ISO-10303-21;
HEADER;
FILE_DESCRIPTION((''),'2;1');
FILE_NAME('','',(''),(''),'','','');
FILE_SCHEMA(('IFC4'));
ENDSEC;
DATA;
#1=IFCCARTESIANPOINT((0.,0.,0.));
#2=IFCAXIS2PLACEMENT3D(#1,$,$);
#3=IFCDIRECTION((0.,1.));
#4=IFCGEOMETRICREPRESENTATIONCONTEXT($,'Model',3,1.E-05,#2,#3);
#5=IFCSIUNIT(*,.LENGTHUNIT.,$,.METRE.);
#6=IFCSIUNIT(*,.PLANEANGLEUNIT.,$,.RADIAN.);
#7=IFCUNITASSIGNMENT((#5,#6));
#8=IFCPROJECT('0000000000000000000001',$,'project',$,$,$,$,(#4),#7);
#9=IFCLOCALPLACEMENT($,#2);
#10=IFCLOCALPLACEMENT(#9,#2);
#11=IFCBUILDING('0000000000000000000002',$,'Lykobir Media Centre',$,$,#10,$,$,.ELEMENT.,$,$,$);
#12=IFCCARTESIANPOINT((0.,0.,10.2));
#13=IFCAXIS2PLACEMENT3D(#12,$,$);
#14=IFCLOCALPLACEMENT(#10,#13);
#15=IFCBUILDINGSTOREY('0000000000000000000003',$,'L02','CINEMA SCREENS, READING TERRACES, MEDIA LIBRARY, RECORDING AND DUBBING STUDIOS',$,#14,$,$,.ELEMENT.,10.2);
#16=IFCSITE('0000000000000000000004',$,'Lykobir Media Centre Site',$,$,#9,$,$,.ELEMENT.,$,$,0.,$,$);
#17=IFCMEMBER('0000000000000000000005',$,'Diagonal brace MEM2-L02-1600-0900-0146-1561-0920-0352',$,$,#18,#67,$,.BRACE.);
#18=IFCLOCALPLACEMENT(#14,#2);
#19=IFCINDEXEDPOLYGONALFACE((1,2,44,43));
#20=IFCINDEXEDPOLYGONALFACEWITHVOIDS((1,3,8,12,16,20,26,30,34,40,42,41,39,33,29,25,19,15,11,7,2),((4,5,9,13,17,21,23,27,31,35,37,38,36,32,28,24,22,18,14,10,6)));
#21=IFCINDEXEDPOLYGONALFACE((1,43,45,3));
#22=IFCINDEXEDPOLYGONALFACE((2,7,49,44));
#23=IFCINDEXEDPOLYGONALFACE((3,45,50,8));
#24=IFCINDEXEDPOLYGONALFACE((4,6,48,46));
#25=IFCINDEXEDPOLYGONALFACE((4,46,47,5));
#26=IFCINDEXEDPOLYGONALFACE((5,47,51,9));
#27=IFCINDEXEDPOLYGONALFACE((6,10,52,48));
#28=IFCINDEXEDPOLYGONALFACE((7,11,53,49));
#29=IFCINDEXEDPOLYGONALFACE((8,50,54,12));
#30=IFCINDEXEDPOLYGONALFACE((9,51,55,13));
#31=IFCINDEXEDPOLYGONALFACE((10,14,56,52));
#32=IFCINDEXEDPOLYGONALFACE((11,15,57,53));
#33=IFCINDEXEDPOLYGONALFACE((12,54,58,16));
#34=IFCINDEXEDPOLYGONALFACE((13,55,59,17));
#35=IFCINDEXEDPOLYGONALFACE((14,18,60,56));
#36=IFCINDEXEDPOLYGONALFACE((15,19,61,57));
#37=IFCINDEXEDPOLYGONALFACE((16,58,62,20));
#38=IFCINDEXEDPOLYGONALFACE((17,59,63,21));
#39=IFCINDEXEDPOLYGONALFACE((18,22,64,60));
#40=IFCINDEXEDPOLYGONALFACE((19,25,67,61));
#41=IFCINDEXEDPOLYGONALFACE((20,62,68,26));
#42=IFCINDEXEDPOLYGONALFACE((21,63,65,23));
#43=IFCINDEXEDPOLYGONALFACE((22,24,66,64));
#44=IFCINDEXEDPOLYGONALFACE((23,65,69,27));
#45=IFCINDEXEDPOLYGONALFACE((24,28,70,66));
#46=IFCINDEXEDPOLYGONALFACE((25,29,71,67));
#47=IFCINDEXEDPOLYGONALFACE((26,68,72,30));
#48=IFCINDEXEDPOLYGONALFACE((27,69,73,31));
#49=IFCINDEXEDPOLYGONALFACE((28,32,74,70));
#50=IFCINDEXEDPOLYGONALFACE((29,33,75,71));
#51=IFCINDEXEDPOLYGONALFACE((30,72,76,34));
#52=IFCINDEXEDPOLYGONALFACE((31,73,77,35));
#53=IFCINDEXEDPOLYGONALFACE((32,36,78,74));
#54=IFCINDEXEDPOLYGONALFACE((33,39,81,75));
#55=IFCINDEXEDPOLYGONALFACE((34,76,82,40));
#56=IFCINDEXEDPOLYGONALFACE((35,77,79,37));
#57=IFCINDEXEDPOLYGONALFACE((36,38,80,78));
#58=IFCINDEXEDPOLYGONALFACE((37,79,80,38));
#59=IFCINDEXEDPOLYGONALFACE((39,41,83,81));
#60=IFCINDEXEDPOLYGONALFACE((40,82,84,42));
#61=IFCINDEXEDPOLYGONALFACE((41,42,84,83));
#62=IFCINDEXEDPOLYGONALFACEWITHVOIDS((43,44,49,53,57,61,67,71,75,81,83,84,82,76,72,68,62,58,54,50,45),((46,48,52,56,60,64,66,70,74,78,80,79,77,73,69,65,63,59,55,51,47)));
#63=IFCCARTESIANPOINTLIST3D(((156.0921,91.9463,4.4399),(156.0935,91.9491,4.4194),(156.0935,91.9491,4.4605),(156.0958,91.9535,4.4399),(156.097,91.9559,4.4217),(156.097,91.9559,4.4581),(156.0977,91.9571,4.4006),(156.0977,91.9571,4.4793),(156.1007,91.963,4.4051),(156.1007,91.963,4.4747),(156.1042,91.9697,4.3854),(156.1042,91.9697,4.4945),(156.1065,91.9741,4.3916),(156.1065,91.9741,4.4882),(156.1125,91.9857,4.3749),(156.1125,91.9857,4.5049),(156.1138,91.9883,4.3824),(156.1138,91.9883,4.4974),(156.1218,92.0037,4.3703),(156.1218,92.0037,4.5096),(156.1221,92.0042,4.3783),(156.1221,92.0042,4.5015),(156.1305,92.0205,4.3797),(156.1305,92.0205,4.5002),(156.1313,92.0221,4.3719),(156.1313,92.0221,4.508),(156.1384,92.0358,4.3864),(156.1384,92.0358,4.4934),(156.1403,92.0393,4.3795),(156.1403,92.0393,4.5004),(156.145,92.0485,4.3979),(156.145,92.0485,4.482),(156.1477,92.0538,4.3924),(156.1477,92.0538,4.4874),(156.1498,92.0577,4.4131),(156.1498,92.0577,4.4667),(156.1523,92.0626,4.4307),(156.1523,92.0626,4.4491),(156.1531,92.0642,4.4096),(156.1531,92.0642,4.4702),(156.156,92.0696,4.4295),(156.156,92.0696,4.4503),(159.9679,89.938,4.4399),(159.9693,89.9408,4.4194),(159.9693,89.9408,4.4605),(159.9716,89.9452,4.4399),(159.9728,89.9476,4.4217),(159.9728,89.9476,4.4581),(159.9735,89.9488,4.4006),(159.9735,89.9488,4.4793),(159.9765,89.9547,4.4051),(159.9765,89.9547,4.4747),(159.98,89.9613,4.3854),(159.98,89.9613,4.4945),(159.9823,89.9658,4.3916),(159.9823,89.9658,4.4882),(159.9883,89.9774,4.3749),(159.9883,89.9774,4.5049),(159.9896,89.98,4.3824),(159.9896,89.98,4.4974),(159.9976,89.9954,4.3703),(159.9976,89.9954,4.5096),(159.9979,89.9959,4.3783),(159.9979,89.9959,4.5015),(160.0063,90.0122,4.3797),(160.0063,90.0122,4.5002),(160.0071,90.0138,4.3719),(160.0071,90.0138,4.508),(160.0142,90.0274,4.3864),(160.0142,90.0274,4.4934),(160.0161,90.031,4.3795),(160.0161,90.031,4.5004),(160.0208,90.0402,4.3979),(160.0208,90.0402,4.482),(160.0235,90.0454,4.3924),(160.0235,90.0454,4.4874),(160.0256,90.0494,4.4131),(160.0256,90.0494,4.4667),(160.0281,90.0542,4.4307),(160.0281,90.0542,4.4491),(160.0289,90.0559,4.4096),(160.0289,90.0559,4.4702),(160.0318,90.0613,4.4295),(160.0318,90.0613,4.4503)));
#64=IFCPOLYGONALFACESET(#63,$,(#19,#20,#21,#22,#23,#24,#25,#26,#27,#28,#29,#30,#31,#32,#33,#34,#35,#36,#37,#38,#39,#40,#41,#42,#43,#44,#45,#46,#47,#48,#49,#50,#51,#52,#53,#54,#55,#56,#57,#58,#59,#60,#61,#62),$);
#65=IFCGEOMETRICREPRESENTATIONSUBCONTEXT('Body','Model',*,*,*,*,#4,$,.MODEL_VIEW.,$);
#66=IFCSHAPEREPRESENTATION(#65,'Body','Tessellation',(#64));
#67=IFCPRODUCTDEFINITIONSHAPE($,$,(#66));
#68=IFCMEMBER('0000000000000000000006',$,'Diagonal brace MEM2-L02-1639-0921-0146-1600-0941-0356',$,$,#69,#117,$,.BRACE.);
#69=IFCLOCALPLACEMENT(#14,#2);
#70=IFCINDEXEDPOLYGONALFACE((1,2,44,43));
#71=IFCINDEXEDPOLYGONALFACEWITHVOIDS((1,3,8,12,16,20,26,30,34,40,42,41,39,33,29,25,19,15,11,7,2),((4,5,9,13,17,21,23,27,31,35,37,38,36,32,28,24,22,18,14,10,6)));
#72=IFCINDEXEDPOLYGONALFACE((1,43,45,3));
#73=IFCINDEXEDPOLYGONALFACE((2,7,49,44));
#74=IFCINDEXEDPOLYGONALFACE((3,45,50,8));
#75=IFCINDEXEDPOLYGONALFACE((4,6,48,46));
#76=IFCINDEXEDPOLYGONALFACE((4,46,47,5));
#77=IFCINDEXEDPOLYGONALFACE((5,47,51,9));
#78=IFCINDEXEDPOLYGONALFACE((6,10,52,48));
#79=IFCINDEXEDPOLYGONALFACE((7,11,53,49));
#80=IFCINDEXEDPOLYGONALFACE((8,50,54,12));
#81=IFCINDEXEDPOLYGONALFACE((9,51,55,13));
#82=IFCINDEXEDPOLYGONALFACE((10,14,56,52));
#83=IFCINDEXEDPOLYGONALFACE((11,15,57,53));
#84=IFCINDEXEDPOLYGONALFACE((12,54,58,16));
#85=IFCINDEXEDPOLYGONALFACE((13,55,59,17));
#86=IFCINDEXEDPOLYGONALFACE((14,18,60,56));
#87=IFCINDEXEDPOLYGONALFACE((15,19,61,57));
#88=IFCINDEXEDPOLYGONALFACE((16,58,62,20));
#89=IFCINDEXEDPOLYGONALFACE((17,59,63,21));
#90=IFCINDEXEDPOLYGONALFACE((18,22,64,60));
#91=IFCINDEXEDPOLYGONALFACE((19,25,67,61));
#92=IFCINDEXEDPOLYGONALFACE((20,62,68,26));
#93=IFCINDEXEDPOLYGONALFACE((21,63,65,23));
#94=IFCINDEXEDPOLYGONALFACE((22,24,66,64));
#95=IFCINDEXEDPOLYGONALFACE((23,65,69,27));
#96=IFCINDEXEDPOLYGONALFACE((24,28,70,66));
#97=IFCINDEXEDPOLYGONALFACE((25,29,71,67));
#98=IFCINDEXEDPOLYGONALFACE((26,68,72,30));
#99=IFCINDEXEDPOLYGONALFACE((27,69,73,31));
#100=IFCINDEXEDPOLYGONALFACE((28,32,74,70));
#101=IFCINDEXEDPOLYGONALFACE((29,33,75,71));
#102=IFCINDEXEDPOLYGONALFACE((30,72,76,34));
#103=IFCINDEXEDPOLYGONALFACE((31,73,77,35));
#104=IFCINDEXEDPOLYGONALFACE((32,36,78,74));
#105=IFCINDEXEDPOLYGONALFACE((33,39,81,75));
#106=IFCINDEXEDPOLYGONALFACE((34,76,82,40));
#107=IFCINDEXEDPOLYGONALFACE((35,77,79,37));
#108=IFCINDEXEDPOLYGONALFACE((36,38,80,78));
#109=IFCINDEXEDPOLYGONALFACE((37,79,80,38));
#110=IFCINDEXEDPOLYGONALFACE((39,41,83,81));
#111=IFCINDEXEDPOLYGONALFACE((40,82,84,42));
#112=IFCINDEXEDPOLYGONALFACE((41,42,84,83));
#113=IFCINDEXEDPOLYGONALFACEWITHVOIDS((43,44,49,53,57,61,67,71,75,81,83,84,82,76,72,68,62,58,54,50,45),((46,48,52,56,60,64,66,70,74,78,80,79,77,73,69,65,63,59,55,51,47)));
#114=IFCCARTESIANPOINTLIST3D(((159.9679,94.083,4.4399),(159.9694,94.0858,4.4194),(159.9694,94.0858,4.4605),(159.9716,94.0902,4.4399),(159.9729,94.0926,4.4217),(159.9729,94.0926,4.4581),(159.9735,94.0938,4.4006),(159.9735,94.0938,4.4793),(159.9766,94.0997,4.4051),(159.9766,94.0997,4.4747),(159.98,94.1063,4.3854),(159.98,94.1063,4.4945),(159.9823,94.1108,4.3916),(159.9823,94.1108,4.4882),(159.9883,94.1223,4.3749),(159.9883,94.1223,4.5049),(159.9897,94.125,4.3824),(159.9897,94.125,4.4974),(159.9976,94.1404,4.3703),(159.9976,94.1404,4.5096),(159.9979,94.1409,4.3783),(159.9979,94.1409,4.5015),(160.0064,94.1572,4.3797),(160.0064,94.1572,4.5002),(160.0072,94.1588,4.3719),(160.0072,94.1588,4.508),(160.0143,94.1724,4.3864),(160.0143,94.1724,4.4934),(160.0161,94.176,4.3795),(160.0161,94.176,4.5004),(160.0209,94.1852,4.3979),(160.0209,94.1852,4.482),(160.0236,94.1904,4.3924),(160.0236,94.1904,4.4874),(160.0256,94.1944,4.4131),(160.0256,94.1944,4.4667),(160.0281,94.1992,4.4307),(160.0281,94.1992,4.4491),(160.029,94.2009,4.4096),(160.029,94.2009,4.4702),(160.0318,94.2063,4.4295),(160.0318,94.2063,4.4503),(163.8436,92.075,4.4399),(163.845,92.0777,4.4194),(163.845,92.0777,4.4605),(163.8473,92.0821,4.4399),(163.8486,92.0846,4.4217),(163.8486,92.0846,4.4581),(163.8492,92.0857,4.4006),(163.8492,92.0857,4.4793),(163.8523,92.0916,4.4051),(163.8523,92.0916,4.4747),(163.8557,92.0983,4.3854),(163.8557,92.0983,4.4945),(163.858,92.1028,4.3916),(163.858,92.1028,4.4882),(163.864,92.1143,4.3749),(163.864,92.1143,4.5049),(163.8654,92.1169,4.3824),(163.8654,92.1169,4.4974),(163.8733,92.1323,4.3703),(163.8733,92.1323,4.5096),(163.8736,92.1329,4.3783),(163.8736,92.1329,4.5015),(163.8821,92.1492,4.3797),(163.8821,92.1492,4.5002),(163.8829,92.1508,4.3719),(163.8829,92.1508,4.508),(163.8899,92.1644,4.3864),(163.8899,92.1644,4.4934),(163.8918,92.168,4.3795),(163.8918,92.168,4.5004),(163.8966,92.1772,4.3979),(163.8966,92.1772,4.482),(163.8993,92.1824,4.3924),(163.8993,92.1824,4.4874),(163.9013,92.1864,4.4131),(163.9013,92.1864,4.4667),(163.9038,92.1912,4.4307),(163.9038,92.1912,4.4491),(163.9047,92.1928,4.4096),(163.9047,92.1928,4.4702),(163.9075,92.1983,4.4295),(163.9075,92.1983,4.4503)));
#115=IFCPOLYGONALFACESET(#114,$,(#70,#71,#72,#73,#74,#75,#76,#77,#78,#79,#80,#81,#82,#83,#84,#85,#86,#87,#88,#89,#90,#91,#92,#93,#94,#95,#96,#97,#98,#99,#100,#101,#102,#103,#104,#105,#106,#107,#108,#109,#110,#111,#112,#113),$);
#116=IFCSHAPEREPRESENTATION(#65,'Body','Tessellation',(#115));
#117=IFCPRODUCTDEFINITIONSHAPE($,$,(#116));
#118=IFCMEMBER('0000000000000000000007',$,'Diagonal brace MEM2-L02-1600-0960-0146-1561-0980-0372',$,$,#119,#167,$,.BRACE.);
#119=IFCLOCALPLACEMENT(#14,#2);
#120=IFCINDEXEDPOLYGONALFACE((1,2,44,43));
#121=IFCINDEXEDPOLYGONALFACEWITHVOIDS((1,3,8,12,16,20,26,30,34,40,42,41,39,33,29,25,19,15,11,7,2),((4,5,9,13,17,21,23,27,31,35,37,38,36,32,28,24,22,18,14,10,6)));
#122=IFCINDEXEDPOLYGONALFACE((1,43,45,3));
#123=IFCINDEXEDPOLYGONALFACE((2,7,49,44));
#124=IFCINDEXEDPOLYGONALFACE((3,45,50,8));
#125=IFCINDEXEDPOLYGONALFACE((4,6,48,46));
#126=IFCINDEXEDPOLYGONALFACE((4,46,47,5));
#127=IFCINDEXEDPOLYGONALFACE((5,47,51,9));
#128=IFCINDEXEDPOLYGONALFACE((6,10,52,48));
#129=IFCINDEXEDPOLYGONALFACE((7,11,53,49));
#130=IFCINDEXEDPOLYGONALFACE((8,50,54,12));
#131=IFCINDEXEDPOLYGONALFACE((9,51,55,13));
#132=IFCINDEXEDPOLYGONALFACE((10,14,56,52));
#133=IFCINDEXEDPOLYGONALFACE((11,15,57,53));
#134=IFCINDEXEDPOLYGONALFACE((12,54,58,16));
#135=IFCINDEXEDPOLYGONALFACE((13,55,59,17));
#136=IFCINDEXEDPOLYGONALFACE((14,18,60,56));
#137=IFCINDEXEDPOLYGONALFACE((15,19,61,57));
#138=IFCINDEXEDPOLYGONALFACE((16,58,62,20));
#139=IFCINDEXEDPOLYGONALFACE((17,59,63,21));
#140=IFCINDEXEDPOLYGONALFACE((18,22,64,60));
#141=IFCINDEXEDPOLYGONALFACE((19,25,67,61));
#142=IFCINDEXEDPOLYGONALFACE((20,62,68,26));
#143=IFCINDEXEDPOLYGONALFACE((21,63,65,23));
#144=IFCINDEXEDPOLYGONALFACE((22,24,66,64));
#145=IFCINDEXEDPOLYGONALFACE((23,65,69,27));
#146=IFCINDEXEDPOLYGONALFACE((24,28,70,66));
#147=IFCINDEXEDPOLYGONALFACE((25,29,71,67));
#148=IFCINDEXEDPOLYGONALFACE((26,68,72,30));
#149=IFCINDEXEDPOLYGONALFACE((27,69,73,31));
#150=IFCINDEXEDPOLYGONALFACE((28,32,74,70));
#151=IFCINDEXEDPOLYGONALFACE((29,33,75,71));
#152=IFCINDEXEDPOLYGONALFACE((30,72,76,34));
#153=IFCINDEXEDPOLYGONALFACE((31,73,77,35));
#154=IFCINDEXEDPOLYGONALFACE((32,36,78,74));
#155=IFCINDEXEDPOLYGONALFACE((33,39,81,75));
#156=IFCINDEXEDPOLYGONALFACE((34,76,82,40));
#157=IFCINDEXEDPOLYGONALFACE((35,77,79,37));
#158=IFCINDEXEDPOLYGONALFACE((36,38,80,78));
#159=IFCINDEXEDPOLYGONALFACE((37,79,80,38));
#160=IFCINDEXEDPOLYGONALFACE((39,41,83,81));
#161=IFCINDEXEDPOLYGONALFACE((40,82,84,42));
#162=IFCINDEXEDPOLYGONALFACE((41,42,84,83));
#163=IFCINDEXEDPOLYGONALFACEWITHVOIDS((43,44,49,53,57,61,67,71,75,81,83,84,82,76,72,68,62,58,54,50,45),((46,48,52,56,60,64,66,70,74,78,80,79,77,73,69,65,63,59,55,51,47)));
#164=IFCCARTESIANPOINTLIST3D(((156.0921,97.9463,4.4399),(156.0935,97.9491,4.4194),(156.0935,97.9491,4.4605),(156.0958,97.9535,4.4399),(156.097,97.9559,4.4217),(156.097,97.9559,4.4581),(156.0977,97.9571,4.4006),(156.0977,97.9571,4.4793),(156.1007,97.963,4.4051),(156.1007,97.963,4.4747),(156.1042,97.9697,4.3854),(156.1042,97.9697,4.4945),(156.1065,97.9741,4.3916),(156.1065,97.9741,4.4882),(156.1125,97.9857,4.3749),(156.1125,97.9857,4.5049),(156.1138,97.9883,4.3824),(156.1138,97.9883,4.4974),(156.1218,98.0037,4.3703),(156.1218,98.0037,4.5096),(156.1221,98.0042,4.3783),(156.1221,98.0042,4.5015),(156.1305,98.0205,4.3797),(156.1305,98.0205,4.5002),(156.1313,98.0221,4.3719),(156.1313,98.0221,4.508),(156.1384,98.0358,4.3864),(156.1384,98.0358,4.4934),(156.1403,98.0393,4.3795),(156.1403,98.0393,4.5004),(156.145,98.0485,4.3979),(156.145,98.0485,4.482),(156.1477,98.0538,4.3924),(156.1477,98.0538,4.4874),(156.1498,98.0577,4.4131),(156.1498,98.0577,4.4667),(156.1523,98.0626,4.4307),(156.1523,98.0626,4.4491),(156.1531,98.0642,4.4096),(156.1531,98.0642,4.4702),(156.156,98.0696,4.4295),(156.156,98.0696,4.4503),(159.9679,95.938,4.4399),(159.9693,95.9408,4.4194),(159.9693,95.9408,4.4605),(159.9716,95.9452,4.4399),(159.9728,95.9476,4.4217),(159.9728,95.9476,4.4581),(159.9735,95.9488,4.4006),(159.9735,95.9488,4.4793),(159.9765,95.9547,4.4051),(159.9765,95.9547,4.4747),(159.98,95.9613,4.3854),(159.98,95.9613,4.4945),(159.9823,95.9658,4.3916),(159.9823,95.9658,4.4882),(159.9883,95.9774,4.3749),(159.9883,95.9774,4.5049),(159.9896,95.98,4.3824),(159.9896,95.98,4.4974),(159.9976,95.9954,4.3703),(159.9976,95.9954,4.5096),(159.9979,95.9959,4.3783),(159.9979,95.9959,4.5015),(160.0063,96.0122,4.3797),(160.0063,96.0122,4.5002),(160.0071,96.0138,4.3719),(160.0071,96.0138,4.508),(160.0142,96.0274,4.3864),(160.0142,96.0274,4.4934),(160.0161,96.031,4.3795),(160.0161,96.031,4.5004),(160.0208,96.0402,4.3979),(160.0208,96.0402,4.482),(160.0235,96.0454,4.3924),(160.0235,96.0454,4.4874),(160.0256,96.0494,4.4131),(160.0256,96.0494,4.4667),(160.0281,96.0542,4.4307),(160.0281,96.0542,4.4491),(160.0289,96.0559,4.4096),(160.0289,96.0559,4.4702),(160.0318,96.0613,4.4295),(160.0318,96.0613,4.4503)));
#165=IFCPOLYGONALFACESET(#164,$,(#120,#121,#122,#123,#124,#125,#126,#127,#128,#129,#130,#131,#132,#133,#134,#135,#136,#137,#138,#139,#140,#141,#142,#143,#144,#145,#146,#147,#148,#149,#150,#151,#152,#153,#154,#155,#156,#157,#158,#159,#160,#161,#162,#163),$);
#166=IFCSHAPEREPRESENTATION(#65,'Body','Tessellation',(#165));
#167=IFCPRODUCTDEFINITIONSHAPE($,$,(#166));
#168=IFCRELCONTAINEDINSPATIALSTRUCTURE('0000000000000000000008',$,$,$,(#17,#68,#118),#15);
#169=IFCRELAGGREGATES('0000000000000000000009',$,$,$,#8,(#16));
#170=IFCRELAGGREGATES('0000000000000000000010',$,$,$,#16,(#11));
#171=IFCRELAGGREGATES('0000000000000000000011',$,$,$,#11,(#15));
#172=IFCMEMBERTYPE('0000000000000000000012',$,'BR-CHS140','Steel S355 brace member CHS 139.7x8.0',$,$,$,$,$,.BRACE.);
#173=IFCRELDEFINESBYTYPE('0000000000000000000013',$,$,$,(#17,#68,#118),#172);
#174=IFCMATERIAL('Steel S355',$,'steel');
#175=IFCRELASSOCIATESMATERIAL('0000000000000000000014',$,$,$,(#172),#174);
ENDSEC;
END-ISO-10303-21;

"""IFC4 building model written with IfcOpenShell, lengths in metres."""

from ifc_helpers import new_model, si_unit, direction, frame, origin, origin_2d, place, context, subcontext, project, spatial, hollow_circle, extrude, material, material_profile, profile_set, type_object, element, save


model = new_model("IFC4")

# Units and contexts
model_context = context("Model", 3, precision=1e-05, world=origin(), true_north=direction((0.0, 1.0)))
body_context = subcontext(model_context, "Body", "Model", "MODEL_VIEW")
ifc_project = project(units=[si_unit("LENGTHUNIT", "METRE"), si_unit("PLANEANGLEUNIT", "RADIAN")], contexts=[model_context])

# Site, building, storey
site_placement = place(None, origin())
site = spatial("IfcSite", under=ifc_project, at=site_placement, Name="Lykobir Media Centre Site", CompositionType="ELEMENT", RefElevation=0.0)
building_placement = place(site_placement, origin())
building = spatial("IfcBuilding", under=site, at=building_placement, Name="Lykobir Media Centre", CompositionType="ELEMENT")
storey_placement = place(building_placement, frame((0.0, 0.0, 10.2)))
storey = spatial("IfcBuildingStorey", under=building, at=storey_placement, Name="L02", Description="CINEMA SCREENS, READING TERRACES, MEDIA LIBRARY, RECORDING AND DUBBING STUDIOS", CompositionType="ELEMENT", Elevation=10.2)

# Members
ifc_material_1 = material(Name="Steel S355", Category="steel")
ifc_material_profile_1 = material_profile(ifc_material_1, hollow_circle(Radius=0.0698, WallThickness=0.0081, at=origin_2d()), Name="CHS 139.7x8.0")
ifc_profile_set_1 = profile_set([ifc_material_profile_1], Name="Steel S355")
member_type_1 = type_object("IfcMemberType", Name="BR-CHS140", Description="Steel S355 brace member CHS 139.7x8.0", PredefinedType="BRACE", material=ifc_profile_set_1)
member_1_placement = place(storey_placement, frame((160.0, 90.0, 4.4399), z_axis=(-0.88788, 0.460076, 0.0), x_axis=(-0.460076, -0.88788, 0.0)))
element("IfcMember", 1, at=member_1_placement, inside=storey, type_object=member_type_1, Name="Diagonal brace MEM2-L02-1600-0900-0146-1561-0920-0352", PredefinedType="BRACE", context=body_context, shape_type="SweptSolid", body=[
    extrude(hollow_circle(Radius=0.0698, WallThickness=0.0081, at=origin_2d()), origin(), (0.0, 0.0, 1.0), 4.3652),
])
member_2_placement = place(storey_placement, frame((163.8757, 92.137, 4.4399), z_axis=(-0.887903, 0.460031, 0.0), x_axis=(-0.460031, -0.887903, 0.0)))
element("IfcMember", 2, at=member_2_placement, inside=storey, type_object=member_type_1, Name="Diagonal brace MEM2-L02-1639-0921-0146-1600-0941-0356", PredefinedType="BRACE", context=body_context, shape_type="SweptSolid", body=[
    extrude(hollow_circle(Radius=0.0698, WallThickness=0.0081, at=origin_2d()), origin(), (0.0, 0.0, 1.0), 4.365),
])
member_3_placement = place(storey_placement, frame((160.0, 96.0, 4.4399), z_axis=(-0.88788, 0.460076, 0.0), x_axis=(-0.460076, -0.88788, 0.0)))
element("IfcMember", 3, at=member_3_placement, inside=storey, type_object=member_type_1, Name="Diagonal brace MEM2-L02-1600-0960-0146-1561-0980-0372", PredefinedType="BRACE", context=body_context, shape_type="SweptSolid", body=[
    extrude(hollow_circle(Radius=0.0698, WallThickness=0.0081, at=origin_2d()), origin(), (0.0, 0.0, 1.0), 4.3652),
])

save(model, "model.ifc")
